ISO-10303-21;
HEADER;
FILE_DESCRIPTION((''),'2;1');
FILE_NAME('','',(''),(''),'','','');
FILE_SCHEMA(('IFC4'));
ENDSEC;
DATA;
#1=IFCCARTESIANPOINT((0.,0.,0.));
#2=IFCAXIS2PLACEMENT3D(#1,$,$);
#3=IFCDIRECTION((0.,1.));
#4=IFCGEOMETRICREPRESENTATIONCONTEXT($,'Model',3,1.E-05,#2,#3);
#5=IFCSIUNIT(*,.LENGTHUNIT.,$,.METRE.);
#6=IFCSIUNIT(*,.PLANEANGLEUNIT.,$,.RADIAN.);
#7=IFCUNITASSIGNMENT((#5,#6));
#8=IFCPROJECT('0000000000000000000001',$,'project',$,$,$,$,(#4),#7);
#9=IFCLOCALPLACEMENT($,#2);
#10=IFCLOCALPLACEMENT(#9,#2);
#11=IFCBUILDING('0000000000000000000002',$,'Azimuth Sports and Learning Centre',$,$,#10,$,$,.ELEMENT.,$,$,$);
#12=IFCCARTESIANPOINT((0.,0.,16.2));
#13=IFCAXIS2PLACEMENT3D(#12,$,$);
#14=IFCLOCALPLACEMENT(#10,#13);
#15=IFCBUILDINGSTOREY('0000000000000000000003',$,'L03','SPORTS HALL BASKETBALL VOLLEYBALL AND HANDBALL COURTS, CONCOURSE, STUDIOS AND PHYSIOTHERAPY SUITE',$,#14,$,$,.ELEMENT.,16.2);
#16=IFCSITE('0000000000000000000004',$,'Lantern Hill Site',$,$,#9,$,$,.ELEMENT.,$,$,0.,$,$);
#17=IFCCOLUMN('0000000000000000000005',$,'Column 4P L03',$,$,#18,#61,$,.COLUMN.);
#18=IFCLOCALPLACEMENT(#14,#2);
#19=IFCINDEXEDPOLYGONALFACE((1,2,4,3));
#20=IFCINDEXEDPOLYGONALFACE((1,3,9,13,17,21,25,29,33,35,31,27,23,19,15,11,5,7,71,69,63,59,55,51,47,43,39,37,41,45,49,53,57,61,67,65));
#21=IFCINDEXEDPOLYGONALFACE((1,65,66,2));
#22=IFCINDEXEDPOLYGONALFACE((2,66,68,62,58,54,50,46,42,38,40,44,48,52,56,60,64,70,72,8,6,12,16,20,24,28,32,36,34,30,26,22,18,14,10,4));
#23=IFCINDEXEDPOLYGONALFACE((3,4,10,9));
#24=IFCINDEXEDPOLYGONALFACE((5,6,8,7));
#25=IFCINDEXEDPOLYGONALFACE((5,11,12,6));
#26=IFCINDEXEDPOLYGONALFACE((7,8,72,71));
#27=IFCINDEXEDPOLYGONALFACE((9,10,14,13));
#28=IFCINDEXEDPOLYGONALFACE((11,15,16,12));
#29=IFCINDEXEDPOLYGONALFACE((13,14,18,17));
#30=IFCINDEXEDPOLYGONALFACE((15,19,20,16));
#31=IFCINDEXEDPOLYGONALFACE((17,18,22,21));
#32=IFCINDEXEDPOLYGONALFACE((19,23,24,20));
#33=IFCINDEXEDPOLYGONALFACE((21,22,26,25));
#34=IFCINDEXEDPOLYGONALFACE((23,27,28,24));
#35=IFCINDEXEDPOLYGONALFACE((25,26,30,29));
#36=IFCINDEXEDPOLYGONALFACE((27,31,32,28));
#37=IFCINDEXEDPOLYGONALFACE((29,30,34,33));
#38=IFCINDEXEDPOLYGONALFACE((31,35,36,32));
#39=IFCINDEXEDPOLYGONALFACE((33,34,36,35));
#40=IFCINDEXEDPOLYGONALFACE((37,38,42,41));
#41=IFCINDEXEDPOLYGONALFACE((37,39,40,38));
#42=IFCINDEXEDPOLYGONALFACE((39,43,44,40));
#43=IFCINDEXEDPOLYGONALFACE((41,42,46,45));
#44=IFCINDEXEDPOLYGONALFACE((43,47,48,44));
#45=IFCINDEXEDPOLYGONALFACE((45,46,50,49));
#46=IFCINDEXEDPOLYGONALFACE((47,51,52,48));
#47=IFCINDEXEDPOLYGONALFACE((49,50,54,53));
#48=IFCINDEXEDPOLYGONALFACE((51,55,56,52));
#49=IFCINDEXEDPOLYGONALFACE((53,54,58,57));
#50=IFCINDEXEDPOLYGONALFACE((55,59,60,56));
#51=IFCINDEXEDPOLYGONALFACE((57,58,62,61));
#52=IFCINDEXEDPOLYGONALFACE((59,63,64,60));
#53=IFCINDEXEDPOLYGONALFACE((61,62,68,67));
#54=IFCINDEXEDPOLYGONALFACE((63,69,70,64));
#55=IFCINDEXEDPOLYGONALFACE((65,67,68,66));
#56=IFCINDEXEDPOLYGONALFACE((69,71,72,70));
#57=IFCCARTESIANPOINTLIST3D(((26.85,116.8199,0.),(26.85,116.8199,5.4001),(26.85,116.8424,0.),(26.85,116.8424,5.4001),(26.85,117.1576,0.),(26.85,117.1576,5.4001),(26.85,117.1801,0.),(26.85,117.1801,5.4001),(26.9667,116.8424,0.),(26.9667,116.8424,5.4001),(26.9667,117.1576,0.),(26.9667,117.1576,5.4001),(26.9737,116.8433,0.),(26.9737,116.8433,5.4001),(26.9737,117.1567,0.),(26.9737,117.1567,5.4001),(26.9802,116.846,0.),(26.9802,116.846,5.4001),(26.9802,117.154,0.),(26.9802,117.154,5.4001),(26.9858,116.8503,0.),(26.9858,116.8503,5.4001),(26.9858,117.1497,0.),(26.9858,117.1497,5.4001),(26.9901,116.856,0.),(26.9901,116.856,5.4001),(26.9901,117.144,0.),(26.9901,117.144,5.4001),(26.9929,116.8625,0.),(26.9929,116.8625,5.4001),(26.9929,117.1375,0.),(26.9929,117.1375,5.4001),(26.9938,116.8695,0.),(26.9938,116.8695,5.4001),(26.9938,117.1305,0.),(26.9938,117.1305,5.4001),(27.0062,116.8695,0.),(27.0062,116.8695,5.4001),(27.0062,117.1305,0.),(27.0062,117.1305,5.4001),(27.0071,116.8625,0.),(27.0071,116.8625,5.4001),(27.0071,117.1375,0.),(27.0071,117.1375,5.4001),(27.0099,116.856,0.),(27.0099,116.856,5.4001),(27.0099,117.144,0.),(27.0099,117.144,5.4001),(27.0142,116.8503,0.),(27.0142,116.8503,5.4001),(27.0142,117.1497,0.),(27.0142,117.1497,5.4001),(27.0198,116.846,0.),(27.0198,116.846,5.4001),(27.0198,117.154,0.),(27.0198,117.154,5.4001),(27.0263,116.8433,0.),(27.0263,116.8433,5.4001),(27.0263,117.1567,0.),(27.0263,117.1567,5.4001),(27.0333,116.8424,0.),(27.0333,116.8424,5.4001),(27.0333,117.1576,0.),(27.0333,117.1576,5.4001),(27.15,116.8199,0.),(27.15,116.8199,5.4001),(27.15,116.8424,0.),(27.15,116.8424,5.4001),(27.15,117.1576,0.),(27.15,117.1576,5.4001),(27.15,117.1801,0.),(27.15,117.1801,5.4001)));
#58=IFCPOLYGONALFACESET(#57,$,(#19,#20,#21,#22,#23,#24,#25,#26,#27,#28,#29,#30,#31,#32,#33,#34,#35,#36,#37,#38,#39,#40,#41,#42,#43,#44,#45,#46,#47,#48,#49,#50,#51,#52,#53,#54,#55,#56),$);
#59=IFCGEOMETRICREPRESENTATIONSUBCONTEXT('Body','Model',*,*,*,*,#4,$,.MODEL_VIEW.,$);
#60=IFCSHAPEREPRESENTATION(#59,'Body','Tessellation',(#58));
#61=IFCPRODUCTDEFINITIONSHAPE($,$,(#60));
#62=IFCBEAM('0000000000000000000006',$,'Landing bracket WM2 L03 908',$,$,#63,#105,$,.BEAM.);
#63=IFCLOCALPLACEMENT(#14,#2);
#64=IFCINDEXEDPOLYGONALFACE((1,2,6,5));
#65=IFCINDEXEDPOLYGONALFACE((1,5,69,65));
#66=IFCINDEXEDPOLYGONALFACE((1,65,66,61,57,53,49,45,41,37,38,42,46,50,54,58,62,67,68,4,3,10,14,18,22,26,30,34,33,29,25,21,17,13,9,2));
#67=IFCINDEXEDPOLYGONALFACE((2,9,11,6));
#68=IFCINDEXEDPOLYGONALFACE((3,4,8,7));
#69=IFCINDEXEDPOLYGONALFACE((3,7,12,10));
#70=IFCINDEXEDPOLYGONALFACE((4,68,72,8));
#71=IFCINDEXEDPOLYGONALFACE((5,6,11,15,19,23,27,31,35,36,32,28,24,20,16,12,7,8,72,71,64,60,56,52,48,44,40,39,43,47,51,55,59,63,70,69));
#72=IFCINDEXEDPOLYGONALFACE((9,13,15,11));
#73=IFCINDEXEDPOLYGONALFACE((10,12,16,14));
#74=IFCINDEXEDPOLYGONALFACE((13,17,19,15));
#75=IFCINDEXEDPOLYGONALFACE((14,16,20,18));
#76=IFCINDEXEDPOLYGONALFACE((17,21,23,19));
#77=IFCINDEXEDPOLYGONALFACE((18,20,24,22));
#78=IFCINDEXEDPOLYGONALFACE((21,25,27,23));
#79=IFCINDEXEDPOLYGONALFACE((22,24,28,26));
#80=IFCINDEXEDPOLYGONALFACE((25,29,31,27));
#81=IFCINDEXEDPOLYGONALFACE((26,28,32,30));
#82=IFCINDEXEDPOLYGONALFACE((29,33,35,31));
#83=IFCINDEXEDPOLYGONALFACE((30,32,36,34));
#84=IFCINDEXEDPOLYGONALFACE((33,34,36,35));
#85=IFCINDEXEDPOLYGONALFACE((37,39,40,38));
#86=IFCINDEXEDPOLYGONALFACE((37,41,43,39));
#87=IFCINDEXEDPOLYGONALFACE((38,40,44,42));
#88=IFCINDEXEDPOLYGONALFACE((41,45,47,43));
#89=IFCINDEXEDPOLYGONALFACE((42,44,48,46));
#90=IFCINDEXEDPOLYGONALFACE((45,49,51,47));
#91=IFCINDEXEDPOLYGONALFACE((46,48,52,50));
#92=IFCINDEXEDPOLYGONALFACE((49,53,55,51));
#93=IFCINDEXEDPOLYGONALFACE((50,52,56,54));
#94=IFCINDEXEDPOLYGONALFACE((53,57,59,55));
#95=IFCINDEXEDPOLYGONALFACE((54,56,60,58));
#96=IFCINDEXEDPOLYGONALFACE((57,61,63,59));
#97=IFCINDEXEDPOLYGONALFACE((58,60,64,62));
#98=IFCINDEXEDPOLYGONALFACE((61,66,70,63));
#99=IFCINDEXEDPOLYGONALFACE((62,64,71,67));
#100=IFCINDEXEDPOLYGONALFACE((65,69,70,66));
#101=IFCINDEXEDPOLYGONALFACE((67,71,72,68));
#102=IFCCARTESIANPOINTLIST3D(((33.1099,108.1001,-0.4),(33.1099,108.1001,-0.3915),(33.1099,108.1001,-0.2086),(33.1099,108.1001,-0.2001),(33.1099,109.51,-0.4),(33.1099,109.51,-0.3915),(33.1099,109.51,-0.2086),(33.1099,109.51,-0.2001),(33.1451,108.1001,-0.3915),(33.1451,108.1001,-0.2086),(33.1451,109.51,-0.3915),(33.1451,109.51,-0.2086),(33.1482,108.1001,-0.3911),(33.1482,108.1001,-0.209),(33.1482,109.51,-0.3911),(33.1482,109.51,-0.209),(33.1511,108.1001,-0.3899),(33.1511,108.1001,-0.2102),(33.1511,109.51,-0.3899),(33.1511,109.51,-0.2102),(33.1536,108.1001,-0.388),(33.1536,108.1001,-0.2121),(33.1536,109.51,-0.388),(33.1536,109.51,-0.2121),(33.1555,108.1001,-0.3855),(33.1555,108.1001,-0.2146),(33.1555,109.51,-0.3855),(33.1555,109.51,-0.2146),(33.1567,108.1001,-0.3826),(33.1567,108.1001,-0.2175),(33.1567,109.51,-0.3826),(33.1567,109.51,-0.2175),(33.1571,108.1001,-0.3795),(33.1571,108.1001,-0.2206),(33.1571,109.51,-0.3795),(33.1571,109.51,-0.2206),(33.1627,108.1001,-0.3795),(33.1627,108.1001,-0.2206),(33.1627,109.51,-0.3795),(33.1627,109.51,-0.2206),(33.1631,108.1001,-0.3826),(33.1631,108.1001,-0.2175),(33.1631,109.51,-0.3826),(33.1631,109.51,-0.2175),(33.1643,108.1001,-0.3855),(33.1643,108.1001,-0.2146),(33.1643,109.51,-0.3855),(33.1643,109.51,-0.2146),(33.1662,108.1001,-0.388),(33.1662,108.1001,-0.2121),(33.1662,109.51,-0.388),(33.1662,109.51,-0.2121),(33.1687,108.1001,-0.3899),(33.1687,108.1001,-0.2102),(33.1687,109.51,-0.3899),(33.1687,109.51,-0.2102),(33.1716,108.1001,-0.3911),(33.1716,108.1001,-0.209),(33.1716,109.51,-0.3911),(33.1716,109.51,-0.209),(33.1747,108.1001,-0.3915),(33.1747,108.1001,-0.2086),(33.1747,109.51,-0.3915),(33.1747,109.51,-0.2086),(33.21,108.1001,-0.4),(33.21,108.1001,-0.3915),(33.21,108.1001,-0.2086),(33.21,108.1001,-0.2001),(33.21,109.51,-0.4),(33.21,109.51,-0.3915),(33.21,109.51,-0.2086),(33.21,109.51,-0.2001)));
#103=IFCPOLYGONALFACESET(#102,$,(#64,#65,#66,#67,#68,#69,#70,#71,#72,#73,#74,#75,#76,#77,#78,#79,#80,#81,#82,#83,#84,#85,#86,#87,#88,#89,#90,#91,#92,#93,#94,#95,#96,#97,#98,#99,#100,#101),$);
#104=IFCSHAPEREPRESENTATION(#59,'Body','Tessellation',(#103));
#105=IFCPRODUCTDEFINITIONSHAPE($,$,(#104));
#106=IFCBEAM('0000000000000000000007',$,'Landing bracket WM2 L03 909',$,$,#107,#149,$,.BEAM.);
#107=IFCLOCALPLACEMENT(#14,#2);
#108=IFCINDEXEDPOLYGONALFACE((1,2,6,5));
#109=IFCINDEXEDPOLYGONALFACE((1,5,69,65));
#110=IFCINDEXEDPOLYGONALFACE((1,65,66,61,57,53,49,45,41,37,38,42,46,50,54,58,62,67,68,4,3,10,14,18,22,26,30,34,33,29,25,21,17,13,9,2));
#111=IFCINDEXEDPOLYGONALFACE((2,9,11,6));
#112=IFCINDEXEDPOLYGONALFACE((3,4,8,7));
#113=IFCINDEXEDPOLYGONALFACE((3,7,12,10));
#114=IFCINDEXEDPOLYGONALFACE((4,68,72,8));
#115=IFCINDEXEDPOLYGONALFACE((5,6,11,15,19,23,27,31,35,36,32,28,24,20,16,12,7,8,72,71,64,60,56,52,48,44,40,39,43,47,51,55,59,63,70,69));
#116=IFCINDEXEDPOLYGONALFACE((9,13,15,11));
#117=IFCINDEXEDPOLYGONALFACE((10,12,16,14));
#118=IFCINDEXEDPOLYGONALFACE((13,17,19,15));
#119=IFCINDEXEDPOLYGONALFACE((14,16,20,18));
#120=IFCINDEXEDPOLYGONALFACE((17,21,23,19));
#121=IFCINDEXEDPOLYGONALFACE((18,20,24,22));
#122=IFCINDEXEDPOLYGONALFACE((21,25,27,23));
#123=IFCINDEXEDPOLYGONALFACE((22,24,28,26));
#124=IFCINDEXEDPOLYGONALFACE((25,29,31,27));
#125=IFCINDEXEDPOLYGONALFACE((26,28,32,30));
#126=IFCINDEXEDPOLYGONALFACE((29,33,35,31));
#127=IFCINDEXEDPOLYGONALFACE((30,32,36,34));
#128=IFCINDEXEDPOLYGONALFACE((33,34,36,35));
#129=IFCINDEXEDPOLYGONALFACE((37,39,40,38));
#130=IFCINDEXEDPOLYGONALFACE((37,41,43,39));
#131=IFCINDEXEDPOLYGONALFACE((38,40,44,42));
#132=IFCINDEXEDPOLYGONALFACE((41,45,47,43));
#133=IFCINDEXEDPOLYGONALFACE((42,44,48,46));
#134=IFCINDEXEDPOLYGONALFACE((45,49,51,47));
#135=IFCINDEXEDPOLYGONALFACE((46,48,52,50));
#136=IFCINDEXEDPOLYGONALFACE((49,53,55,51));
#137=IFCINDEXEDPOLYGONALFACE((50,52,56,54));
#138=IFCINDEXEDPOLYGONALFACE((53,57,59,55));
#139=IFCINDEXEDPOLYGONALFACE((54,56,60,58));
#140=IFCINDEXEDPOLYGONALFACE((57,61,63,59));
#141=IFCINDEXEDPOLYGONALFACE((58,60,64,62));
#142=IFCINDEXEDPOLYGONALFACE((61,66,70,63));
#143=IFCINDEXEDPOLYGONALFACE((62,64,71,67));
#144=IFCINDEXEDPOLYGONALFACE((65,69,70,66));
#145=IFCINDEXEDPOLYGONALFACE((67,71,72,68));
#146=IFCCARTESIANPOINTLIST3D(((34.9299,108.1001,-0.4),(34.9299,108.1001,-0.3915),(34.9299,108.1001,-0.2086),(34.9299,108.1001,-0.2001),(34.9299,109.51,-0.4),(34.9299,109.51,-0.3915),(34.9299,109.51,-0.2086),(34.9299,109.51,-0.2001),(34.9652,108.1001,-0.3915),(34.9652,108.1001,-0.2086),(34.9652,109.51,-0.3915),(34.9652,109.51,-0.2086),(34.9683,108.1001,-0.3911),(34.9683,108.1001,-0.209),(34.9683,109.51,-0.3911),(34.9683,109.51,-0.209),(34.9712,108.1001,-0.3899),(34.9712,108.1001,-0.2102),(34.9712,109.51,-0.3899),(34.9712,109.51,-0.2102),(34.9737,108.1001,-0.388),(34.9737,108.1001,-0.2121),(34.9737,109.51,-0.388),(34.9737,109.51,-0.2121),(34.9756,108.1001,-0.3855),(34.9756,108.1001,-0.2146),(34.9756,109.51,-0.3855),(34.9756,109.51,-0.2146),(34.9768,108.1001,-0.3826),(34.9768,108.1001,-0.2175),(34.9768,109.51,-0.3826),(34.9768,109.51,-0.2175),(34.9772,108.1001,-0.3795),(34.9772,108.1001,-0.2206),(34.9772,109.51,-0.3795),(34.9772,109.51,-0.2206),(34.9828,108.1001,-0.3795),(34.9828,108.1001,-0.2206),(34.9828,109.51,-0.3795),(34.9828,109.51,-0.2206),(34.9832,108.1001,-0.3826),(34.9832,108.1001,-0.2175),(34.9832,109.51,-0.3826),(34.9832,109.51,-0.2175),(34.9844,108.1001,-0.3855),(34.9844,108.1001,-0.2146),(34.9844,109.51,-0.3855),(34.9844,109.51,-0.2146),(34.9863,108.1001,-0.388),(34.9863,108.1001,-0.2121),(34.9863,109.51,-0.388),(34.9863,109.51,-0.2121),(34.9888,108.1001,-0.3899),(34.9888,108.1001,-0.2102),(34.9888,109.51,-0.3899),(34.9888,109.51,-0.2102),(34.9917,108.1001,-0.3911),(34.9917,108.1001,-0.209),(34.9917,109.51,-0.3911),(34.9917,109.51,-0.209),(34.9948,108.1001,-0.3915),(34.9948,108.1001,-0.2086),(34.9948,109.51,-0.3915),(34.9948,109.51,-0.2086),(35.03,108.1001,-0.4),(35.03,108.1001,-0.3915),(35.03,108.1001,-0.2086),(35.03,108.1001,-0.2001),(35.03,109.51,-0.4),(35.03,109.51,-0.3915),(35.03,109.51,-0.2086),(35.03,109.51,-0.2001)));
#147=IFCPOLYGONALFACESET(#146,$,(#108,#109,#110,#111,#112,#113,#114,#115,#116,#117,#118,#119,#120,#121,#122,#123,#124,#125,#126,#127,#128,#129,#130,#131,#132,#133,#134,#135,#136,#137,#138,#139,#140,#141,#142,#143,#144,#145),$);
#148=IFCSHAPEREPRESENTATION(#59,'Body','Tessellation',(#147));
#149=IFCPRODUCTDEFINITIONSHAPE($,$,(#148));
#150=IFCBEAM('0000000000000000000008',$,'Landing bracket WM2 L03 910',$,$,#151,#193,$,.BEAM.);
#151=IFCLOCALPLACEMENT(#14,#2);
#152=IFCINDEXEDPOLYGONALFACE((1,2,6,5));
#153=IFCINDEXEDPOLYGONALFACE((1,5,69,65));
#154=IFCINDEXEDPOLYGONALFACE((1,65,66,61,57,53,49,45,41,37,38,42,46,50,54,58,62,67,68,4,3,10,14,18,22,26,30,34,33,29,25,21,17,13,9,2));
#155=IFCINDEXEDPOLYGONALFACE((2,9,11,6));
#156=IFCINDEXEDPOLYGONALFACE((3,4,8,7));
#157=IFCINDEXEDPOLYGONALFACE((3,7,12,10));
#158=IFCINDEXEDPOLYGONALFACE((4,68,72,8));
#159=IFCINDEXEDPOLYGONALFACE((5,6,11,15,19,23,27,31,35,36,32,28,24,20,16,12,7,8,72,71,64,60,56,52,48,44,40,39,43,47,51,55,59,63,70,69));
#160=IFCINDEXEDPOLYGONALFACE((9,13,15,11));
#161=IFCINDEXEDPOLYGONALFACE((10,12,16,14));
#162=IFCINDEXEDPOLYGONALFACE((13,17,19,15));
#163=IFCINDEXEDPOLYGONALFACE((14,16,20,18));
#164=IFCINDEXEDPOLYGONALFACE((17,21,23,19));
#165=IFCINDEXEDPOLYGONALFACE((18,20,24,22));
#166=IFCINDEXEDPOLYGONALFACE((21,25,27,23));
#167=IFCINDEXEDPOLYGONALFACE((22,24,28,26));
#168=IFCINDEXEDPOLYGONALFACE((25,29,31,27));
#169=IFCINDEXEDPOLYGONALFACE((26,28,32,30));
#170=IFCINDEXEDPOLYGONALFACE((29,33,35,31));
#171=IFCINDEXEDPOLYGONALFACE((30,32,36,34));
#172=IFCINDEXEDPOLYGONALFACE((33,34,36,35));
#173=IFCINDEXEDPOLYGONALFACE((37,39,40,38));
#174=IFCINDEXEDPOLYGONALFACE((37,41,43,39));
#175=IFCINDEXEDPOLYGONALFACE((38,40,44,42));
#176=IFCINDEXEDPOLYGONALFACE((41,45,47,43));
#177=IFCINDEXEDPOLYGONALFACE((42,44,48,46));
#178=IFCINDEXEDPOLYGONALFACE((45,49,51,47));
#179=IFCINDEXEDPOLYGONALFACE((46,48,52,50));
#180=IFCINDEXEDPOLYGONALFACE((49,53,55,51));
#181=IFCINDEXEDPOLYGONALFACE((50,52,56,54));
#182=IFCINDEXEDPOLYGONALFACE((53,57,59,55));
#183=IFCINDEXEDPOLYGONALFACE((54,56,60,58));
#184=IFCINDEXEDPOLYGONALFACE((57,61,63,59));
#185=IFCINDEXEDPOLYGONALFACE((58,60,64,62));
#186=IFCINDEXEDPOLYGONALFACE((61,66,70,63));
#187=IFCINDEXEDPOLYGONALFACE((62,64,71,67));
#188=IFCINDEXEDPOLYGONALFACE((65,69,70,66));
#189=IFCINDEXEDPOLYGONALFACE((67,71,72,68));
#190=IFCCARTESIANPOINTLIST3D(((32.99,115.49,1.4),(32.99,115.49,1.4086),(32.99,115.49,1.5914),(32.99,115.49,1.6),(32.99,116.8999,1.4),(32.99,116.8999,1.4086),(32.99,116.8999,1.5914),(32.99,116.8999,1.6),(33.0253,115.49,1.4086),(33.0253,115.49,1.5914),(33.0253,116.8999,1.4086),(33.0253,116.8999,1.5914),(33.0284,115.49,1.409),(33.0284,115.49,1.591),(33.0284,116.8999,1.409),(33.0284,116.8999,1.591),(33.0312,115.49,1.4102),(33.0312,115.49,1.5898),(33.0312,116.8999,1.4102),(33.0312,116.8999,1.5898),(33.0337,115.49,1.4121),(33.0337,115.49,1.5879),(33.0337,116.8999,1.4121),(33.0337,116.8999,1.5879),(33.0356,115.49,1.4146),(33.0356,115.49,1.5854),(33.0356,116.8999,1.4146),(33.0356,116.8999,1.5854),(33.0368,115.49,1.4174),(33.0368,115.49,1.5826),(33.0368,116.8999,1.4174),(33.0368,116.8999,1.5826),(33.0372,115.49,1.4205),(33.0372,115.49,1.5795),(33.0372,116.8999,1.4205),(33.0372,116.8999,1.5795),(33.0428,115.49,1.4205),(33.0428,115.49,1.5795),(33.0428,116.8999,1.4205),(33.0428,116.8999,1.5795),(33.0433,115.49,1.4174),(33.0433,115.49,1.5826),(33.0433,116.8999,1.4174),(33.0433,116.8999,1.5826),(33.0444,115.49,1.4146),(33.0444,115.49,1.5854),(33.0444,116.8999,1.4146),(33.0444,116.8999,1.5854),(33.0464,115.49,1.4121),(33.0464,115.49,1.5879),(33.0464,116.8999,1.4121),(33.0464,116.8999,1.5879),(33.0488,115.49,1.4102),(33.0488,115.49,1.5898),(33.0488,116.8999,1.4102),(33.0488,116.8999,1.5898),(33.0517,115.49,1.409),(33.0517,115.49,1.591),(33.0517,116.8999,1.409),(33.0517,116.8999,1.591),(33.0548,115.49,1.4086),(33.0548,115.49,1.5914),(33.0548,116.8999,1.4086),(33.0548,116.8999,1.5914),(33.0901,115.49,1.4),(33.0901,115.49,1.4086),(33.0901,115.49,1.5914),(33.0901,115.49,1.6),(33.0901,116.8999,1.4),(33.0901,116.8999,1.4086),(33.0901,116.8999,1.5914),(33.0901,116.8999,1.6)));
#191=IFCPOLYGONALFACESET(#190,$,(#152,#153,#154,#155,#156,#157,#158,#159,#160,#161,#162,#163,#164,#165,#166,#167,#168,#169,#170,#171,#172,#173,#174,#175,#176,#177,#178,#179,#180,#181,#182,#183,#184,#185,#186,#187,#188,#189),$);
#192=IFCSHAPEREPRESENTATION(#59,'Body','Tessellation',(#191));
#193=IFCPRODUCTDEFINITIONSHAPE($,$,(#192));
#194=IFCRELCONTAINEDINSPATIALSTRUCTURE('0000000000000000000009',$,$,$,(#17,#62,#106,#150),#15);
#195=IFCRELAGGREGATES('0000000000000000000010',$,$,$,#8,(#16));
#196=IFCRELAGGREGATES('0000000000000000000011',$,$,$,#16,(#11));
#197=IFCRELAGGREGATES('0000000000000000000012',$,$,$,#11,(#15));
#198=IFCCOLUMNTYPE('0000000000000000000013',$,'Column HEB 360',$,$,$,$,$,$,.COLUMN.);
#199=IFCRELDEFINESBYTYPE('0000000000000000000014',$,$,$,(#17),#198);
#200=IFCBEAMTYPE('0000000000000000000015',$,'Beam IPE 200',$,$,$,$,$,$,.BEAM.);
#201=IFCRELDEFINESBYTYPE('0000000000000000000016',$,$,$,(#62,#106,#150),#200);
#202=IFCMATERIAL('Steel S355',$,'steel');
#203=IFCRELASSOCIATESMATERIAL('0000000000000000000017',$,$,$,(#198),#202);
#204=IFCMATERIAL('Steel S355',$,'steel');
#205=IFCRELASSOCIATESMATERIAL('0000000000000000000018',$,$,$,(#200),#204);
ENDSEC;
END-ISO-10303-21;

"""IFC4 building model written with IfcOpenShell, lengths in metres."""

from ifc_helpers import new_model, si_unit, direction, frame, origin, origin_2d, place, context, subcontext, project, spatial, i_section, extrude, material, material_profile, profile_set, type_object, element, save


model = new_model("IFC4")

# Units and contexts
model_context = context("Model", 3, precision=1e-05, world=origin(), true_north=direction((0.0, 1.0)))
body_context = subcontext(model_context, "Body", "Model", "MODEL_VIEW")
ifc_project = project(units=[si_unit("LENGTHUNIT", "METRE"), si_unit("PLANEANGLEUNIT", "RADIAN")], contexts=[model_context])

# Site, building, storey
site_placement = place(None, origin())
site = spatial("IfcSite", under=ifc_project, at=site_placement, Name="Lantern Hill Site", CompositionType="ELEMENT", RefElevation=0.0)
building_placement = place(site_placement, origin())
building = spatial("IfcBuilding", under=site, at=building_placement, Name="Azimuth Sports and Learning Centre", CompositionType="ELEMENT")
storey_placement = place(building_placement, frame((0.0, 0.0, 16.2)))
storey = spatial("IfcBuildingStorey", under=building, at=storey_placement, Name="L03", Description="SPORTS HALL BASKETBALL VOLLEYBALL AND HANDBALL COURTS, CONCOURSE, STUDIOS AND PHYSIOTHERAPY SUITE", CompositionType="ELEMENT", Elevation=16.2)

# Column
ifc_material_1 = material(Name="Steel S355", Category="steel")
ifc_material_profile_1 = material_profile(ifc_material_1, i_section(OverallWidth=0.3, OverallDepth=0.3601, WebThickness=0.0125, FlangeThickness=0.0225, FilletRadius=0.0271, at=origin_2d()), Name="HEB 360")
ifc_profile_set_1 = profile_set([ifc_material_profile_1], Name="Steel S355")
column_type = type_object("IfcColumnType", Name="Column HEB 360", PredefinedType="COLUMN", material=ifc_profile_set_1)
column_placement = place(storey_placement, frame((27.0, 117.0, 0.0), z_axis=(0.0, 0.0, 1.0), x_axis=(1.0, 0.0, 0.0)))
element("IfcColumn", 1, at=column_placement, inside=storey, type_object=column_type, Name="Column 4P L03", PredefinedType="COLUMN", context=body_context, shape_type="SweptSolid", body=[
    extrude(i_section(OverallWidth=0.3, OverallDepth=0.3601, WebThickness=0.0125, FlangeThickness=0.0225, FilletRadius=0.0271, at=origin_2d()), origin(), (0.0, 0.0, 1.0), 5.4001),
])

# Beams
ifc_material_2 = material(Name="Steel S355", Category="steel")
ifc_material_profile_2 = material_profile(ifc_material_2, i_section(OverallWidth=0.1001, OverallDepth=0.2, WebThickness=0.0056, FlangeThickness=0.0085, FilletRadius=0.012, at=origin_2d()), Name="IPE 200")
ifc_profile_set_2 = profile_set([ifc_material_profile_2], Name="Steel S355")
beam_type = type_object("IfcBeamType", Name="Beam IPE 200", PredefinedType="BEAM", material=ifc_profile_set_2)
for number, where, z_axis, x_axis, name in (
    (2, (33.1599, 108.1001, -0.3), (0.0, 1.0, 0.0), (-1.0, 0.0, 0.0), "Landing bracket WM2 L03 908"),
    (3, (34.98, 108.1001, -0.3), (0.0, 1.0, 0.0), (-1.0, 0.0, 0.0), "Landing bracket WM2 L03 909"),
    (4, (33.04, 116.8999, 1.5), (0.0, -1.0, 0.0), (1.0, 0.0, 0.0), "Landing bracket WM2 L03 910"),
):
    element("IfcBeam", number, at=place(storey_placement, frame(where, z_axis=z_axis, x_axis=x_axis)), inside=storey, type_object=beam_type, Name=name, PredefinedType="BEAM", context=body_context, shape_type="SweptSolid", body=[
        extrude(i_section(OverallWidth=0.1001, OverallDepth=0.2, WebThickness=0.0056, FlangeThickness=0.0085, FilletRadius=0.012, at=origin_2d()), origin(), (0.0, 0.0, 1.0), 1.4099),
    ])

save(model, "model.ifc")
